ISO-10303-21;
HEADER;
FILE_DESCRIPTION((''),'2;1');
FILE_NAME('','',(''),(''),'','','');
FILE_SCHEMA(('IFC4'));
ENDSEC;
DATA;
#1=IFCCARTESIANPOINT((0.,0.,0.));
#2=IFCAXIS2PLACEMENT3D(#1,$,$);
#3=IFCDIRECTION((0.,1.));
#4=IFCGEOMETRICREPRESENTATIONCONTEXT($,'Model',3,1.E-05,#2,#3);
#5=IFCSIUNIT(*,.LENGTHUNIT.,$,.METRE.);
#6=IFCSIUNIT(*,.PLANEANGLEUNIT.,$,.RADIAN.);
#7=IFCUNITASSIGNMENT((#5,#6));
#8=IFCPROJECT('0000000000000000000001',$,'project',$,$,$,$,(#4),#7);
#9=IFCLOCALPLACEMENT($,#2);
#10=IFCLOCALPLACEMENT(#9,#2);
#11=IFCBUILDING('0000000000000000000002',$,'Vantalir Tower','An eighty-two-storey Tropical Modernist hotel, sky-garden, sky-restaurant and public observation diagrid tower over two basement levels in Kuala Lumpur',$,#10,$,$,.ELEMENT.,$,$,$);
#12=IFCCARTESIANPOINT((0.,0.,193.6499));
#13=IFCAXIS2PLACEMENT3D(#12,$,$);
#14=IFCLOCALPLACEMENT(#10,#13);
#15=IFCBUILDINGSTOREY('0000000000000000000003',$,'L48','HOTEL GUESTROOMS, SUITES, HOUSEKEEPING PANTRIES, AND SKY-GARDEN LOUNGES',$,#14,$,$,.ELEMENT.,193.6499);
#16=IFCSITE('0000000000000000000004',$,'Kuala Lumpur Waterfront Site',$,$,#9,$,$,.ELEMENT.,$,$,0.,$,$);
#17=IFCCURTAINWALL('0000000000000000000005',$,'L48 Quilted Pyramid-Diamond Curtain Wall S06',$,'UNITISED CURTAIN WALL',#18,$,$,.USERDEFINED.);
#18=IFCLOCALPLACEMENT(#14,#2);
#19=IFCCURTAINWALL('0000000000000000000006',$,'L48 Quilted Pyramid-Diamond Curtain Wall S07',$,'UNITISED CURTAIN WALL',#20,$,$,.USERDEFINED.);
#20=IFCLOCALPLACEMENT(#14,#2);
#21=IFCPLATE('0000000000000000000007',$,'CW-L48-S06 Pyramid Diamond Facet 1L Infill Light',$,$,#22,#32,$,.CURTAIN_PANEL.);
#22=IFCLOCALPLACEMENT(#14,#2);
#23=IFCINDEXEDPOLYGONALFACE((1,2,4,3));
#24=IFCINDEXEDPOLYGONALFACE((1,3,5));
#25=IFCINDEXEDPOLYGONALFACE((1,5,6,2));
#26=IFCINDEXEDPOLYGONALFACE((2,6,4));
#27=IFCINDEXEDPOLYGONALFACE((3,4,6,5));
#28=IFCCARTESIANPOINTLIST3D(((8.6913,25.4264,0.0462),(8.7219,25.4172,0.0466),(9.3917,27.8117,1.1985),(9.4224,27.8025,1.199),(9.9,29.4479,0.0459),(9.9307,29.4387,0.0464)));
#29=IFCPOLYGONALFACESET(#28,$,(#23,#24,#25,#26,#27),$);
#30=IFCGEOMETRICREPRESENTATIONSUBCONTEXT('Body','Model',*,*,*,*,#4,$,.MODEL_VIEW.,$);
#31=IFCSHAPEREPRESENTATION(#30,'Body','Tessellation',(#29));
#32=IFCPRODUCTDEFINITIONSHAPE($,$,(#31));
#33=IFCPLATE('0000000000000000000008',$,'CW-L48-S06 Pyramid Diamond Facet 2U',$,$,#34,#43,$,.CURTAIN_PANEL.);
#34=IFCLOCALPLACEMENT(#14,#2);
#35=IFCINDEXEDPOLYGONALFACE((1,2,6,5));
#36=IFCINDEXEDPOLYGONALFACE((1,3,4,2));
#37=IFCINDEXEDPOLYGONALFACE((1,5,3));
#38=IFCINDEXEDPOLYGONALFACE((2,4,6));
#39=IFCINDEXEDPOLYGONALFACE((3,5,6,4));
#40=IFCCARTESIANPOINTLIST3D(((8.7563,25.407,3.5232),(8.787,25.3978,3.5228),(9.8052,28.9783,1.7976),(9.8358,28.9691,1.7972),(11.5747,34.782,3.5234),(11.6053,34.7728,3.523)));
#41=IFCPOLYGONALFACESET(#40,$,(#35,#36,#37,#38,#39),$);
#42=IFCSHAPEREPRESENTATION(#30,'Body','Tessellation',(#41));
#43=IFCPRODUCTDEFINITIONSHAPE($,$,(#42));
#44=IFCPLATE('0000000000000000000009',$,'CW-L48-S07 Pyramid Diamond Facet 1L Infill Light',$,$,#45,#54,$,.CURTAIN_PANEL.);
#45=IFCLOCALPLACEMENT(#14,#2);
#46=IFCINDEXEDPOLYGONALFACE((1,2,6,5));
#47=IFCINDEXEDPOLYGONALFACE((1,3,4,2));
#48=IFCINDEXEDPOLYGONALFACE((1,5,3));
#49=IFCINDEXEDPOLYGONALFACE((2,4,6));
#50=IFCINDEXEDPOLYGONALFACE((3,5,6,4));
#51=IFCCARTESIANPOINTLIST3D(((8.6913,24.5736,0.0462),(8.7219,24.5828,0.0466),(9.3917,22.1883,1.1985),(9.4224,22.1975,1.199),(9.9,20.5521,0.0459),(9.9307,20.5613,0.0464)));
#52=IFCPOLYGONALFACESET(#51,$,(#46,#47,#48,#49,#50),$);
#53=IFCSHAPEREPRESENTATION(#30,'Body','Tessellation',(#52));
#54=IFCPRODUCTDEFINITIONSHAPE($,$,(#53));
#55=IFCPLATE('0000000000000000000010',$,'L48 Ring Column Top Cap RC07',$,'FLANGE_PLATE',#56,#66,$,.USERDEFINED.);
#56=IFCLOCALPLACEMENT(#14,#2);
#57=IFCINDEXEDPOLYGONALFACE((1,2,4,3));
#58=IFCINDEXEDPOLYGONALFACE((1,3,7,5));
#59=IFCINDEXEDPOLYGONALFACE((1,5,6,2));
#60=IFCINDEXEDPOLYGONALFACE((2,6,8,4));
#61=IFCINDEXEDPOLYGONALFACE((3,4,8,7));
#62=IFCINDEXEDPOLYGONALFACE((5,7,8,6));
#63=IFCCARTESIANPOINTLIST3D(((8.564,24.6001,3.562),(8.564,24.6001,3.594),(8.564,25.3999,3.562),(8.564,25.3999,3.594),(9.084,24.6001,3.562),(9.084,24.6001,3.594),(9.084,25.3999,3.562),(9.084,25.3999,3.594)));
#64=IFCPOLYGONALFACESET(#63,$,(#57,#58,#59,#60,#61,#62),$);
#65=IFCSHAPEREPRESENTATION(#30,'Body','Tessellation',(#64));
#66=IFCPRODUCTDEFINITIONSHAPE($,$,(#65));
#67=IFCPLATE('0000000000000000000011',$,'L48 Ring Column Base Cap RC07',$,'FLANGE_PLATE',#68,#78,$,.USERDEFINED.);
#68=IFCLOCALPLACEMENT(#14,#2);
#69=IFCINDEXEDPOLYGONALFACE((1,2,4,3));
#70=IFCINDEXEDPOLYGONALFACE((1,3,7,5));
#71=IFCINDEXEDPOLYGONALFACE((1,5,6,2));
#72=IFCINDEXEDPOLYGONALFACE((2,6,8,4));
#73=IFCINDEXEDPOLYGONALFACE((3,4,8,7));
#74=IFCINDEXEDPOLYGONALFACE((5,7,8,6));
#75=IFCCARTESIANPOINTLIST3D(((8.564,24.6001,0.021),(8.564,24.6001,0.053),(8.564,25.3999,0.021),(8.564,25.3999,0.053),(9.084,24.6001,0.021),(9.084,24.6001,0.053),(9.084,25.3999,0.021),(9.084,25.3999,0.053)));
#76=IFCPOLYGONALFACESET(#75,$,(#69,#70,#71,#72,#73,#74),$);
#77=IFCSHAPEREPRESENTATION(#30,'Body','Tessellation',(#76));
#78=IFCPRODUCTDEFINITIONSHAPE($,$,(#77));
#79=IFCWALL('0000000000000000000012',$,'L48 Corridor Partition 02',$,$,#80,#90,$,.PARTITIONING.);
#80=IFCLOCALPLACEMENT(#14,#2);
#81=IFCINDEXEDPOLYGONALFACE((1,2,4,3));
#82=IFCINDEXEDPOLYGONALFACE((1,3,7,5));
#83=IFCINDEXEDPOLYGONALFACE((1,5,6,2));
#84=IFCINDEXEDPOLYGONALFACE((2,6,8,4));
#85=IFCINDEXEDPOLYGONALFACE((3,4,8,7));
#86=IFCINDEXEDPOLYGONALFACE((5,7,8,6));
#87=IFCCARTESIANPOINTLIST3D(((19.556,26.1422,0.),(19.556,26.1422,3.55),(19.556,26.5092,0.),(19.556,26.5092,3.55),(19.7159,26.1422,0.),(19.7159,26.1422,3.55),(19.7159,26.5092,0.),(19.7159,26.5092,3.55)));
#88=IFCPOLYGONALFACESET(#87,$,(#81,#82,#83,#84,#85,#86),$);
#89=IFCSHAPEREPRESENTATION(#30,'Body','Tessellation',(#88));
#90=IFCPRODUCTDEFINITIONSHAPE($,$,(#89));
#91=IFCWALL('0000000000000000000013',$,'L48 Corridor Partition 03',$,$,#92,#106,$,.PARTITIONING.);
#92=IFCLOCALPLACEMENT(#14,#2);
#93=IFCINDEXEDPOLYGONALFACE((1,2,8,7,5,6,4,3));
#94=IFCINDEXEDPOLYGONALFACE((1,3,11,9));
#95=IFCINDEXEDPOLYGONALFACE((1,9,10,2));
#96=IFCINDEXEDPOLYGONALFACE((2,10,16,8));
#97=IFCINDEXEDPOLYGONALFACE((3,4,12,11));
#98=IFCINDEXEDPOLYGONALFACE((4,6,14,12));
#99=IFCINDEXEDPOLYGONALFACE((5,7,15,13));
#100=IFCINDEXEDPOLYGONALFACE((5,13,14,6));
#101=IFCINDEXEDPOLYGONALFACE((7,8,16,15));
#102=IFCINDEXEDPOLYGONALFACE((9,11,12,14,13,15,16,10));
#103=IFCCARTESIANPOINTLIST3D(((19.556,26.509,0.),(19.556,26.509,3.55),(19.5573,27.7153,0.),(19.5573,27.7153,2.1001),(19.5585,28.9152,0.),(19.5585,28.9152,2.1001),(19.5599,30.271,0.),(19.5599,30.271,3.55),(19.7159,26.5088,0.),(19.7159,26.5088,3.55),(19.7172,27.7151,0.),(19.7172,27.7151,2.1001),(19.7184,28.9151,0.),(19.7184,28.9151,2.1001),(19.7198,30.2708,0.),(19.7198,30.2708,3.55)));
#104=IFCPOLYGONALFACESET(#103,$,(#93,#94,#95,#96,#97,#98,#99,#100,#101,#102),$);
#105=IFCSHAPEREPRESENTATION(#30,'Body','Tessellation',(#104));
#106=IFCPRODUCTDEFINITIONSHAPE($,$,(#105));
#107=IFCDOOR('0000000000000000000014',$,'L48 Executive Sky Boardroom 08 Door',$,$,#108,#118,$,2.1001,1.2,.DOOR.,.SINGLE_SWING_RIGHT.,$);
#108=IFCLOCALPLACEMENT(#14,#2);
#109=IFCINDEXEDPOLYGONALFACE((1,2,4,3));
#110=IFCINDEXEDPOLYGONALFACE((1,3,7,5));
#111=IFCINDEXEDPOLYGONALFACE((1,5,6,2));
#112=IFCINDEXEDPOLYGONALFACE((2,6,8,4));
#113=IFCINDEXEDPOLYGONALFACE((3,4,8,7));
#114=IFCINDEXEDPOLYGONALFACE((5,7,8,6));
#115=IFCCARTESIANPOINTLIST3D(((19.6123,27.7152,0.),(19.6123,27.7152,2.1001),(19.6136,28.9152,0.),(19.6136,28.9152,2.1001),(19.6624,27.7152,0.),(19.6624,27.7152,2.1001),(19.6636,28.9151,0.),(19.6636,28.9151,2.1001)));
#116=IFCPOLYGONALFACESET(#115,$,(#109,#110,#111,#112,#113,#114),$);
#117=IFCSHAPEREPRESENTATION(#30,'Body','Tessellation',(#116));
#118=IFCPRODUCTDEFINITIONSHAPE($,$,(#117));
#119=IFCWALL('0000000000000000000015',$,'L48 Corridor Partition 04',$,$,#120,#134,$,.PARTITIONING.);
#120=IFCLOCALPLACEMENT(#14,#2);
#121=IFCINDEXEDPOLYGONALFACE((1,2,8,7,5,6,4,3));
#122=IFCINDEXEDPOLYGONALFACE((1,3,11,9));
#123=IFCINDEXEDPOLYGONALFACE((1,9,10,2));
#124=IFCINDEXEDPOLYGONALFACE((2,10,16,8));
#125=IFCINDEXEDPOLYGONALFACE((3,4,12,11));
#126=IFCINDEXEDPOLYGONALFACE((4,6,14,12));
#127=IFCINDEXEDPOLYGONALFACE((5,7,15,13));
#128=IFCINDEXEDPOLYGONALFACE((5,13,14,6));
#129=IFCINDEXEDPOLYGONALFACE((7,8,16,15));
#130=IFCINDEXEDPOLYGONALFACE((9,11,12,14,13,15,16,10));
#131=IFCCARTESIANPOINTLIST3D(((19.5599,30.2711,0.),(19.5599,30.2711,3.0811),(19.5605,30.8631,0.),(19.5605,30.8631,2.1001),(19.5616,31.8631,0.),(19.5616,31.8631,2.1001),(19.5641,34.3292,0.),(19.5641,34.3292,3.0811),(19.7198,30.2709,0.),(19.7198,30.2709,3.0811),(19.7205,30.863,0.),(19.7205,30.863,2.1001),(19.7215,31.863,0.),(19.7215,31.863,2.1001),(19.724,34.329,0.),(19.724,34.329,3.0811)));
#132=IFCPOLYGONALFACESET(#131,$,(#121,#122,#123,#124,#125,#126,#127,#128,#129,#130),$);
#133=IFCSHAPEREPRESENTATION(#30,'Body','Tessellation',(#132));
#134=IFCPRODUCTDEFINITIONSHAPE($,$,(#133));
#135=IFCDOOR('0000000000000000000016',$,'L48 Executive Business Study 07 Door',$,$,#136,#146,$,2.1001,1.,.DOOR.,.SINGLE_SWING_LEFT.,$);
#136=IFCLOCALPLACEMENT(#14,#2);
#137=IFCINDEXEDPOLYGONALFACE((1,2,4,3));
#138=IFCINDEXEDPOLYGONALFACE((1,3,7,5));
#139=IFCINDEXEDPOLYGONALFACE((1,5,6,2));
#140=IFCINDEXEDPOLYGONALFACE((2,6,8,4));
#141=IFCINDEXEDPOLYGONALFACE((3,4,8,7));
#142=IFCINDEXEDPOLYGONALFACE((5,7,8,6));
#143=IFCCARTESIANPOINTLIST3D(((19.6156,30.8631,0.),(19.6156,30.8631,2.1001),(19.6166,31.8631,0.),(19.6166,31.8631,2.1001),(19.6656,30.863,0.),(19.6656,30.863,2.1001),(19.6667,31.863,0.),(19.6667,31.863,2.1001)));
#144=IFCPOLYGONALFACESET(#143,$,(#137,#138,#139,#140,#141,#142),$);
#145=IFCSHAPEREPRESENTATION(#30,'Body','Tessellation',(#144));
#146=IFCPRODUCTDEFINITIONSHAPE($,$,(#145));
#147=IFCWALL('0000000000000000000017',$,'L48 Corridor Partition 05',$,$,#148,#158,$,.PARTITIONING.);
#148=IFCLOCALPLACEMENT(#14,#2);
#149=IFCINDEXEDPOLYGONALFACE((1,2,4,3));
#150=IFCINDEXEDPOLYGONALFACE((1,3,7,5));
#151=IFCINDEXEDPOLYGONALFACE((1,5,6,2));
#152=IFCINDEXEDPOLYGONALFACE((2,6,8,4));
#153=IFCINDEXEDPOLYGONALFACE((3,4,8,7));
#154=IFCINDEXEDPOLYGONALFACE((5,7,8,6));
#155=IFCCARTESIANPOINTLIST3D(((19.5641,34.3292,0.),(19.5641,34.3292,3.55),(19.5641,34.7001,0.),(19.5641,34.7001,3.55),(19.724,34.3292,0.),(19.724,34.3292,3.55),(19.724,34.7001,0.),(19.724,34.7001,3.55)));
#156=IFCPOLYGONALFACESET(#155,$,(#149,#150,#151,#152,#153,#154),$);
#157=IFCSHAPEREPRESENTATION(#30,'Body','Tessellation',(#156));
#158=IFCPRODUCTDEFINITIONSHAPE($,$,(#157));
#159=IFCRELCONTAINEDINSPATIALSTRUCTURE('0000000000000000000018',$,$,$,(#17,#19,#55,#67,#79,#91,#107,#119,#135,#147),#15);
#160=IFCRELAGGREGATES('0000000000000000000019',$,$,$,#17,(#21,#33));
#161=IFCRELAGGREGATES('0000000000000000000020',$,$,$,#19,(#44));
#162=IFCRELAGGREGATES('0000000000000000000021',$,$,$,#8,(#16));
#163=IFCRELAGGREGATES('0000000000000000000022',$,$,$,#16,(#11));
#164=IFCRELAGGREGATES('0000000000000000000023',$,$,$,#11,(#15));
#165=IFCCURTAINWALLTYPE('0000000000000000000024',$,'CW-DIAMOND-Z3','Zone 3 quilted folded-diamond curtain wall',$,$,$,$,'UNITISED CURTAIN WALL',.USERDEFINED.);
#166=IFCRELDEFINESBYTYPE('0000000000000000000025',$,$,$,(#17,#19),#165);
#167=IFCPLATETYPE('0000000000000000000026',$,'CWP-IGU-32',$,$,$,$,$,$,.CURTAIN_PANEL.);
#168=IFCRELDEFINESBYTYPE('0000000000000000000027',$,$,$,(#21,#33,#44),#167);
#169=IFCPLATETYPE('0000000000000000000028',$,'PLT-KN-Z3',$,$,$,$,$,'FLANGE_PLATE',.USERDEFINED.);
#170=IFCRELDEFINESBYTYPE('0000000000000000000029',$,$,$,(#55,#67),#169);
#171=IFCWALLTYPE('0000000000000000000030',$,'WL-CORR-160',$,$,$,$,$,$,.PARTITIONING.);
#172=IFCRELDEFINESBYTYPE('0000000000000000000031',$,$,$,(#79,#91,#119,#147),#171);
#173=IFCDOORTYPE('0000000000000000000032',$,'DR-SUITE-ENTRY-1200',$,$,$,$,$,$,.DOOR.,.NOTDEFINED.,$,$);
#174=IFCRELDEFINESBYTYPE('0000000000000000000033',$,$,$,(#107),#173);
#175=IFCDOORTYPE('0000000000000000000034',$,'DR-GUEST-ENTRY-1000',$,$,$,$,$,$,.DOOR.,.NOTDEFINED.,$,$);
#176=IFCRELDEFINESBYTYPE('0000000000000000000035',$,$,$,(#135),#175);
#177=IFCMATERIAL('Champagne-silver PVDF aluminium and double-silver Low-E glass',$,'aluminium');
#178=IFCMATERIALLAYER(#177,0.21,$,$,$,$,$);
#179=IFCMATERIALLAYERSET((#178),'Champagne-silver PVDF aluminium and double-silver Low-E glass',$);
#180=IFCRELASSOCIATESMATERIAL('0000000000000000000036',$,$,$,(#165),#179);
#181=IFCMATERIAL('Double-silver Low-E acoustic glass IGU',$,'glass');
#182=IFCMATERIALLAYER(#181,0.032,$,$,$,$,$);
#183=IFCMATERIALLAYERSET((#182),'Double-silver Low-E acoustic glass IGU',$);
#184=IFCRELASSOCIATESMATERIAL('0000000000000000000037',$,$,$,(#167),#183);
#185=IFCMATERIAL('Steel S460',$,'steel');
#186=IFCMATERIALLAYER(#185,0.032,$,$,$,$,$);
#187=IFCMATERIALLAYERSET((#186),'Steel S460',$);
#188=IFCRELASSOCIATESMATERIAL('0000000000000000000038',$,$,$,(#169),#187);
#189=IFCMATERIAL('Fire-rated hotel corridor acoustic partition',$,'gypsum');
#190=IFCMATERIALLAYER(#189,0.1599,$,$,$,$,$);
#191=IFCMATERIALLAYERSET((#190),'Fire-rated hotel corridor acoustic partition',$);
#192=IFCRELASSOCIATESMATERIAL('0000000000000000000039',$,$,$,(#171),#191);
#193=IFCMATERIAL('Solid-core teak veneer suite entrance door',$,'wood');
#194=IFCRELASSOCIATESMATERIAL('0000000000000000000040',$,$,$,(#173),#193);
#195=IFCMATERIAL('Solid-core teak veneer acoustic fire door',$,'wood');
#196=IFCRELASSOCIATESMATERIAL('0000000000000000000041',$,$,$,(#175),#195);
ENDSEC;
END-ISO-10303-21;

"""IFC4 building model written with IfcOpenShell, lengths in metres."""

from ifc_helpers import new_model, si_unit, direction, frame, frame_2d, origin, place, context, subcontext, project, spatial, polyline, rectangle, outline, extrude, material, layer, layer_set, type_object, element, fill, aggregate, save


model = new_model("IFC4")

# Units and contexts
model_context = context("Model", 3, precision=1e-05, world=origin(), true_north=direction((0.0, 1.0)))
body_context = subcontext(model_context, "Body", "Model", "MODEL_VIEW")
ifc_project = project(units=[si_unit("LENGTHUNIT", "METRE"), si_unit("PLANEANGLEUNIT", "RADIAN")], contexts=[model_context])

# Site, building, storey
site_placement = place(None, origin())
site = spatial("IfcSite", under=ifc_project, at=site_placement, Name="Kuala Lumpur Waterfront Site", CompositionType="ELEMENT", RefElevation=0.0)
building_placement = place(site_placement, origin())
building = spatial("IfcBuilding", under=site, at=building_placement, Name="Vantalir Tower", Description="An eighty-two-storey Tropical Modernist hotel, sky-garden, sky-restaurant and public observation diagrid tower over two basement levels in Kuala Lumpur", CompositionType="ELEMENT")
storey_placement = place(building_placement, frame((0.0, 0.0, 193.6499)))
storey = spatial("IfcBuildingStorey", under=building, at=storey_placement, Name="L48", Description="HOTEL GUESTROOMS, SUITES, HOUSEKEEPING PANTRIES, AND SKY-GARDEN LOUNGES", CompositionType="ELEMENT", Elevation=193.6499)

# Shared definitions
ifc_material_1 = material(Name="Steel S460", Category="steel")

# Curtain wall
ifc_material_2 = material(Name="Champagne-silver PVDF aluminium and double-silver Low-E glass", Category="aluminium")
ifc_layer_1 = layer(ifc_material_2, 0.21)
ifc_layer_set_1 = layer_set([ifc_layer_1], Name="Champagne-silver PVDF aluminium and double-silver Low-E glass")
curtain_wall_type = type_object("IfcCurtainWallType", Name="CW-DIAMOND-Z3", Description="Zone 3 quilted folded-diamond curtain wall", ElementType="UNITISED CURTAIN WALL", PredefinedType="USERDEFINED", material=ifc_layer_set_1)
curtain_wall_1_placement = place(storey_placement, origin())
curtain_wall_1 = element("IfcCurtainWall", 1, at=curtain_wall_1_placement, inside=storey, type_object=curtain_wall_type, Name="L48 Quilted Pyramid-Diamond Curtain Wall S06", ObjectType="UNITISED CURTAIN WALL", PredefinedType="USERDEFINED")

# Curtain wall
curtain_wall_2_placement = place(storey_placement, origin())
curtain_wall_2 = element("IfcCurtainWall", 2, at=curtain_wall_2_placement, inside=storey, type_object=curtain_wall_type, Name="L48 Quilted Pyramid-Diamond Curtain Wall S07", ObjectType="UNITISED CURTAIN WALL", PredefinedType="USERDEFINED")

# Plates
ifc_material_3 = material(Name="Double-silver Low-E acoustic glass IGU", Category="glass")
ifc_layer_2 = layer(ifc_material_3, 0.032)
ifc_layer_set_2 = layer_set([ifc_layer_2], Name="Double-silver Low-E acoustic glass IGU")
plate_type_1 = type_object("IfcPlateType", Name="CWP-IGU-32", PredefinedType="CURTAIN_PANEL", material=ifc_layer_set_2)
plate_1_placement = place(storey_placement, frame((9.9307, 29.4387, 0.0464), z_axis=(0.957586, -0.287821, 0.013708), x_axis=(-0.287849, -0.957676, 0.000058)))
plate_1 = element("IfcPlate", 3, at=plate_1_placement, type_object=plate_type_1, Name="CW-L48-S06 Pyramid Diamond Facet 1L Infill Light", PredefinedType="CURTAIN_PANEL", context=body_context, shape_type="SweptSolid", body=[
    extrude(outline(polyline([(0.0, 0.0), (4.1992, 0.0), (1.7134, -1.1526), (0.0, 0.0)])), origin(), (0.0, 0.0, -1.0), 0.032),
])
plate_2_placement = place(storey_placement, frame((8.7563, 25.407, 3.5232), z_axis=(-0.957571, 0.287869, 0.013756), x_axis=(0.287897, 0.957661, 0.000025)))
plate_2 = element("IfcPlate", 4, at=plate_2_placement, type_object=plate_type_1, Name="CW-L48-S06 Pyramid Diamond Facet 2U", PredefinedType="CURTAIN_PANEL", context=body_context, shape_type="SweptSolid", body=[
    extrude(outline(polyline([(0.0, 0.0), (9.7895, 0.0), (3.722, 1.7258), (0.0, 0.0)])), origin(), (0.0, 0.0, -1.0), 0.032),
])
aggregate(curtain_wall_1, [plate_1, plate_2])
plate_3_placement = place(storey_placement, frame((8.7219, 24.5828, 0.0466), z_axis=(0.957586, 0.287821, 0.013708), x_axis=(0.287849, -0.957676, -0.000058)))
plate_3 = element("IfcPlate", 5, at=plate_3_placement, type_object=plate_type_1, Name="CW-L48-S07 Pyramid Diamond Facet 1L Infill Light", PredefinedType="CURTAIN_PANEL", context=body_context, shape_type="SweptSolid", body=[
    extrude(outline(polyline([(0.0, 0.0), (4.1992, 0.0), (2.4859, -1.1526), (0.0, 0.0)])), origin(), (0.0, 0.0, -1.0), 0.032),
])
aggregate(curtain_wall_2, [plate_3])

# Plates
ifc_layer_3 = layer(ifc_material_1, 0.032)
ifc_layer_set_3 = layer_set([ifc_layer_3], Name="Steel S460")
plate_type_2 = type_object("IfcPlateType", Name="PLT-KN-Z3", ElementType="FLANGE_PLATE", PredefinedType="USERDEFINED", material=ifc_layer_set_3)
for number, where, z_axis, x_axis, name in (
    (6, (8.564, 25.3999, 3.594), (0.0, 0.0, 1.0), (0.0, -1.0, 0.0), "L48 Ring Column Top Cap RC07"),
    (7, (8.564, 25.3999, 0.053), (0.0, 0.0, 1.0), (0.0, -1.0, 0.0), "L48 Ring Column Base Cap RC07"),
):
    element("IfcPlate", number, at=place(storey_placement, frame(where, z_axis=z_axis, x_axis=x_axis)), inside=storey, type_object=plate_type_2, Name=name, ObjectType="FLANGE_PLATE", PredefinedType="USERDEFINED", context=body_context, shape_type="SweptSolid", body=[
        extrude(outline(polyline([(0.0, 0.0), (0.7998, 0.0), (0.7998, 0.52), (0.0, 0.52), (0.0, 0.0)])), origin(), (0.0, 0.0, -1.0), 0.032),
    ])

# Wall
ifc_material_4 = material(Name="Fire-rated hotel corridor acoustic partition", Category="gypsum")
ifc_layer_4 = layer(ifc_material_4, 0.1599)
ifc_layer_set_4 = layer_set([ifc_layer_4], Name="Fire-rated hotel corridor acoustic partition")
wall_type_1 = type_object("IfcWallType", Name="WL-CORR-160", PredefinedType="PARTITIONING", material=ifc_layer_set_4)
wall_1_placement = place(storey_placement, frame((19.636, 26.1421, 0.0), z_axis=(0.0, 0.0, 1.0), x_axis=(0.0, 1.0, 0.0)))
element("IfcWall", 8, at=wall_1_placement, inside=storey, type_object=wall_type_1, Name="L48 Corridor Partition 02", PredefinedType="PARTITIONING", context=body_context, shape_type="SweptSolid", body=[
    extrude(rectangle(XDim=0.3669, YDim=0.1599, at=frame_2d((0.1836, 0.0))), origin(), (0.0, 0.0, 1.0), 3.55),
])

# Walls, openings, doors
wall_2_placement = place(storey_placement, frame((19.636, 26.509, 0.0), z_axis=(0.0, 0.0, 1.0), x_axis=(0.001038, 0.999999, 0.0)))
wall_2 = element("IfcWall", 9, at=wall_2_placement, inside=storey, type_object=wall_type_1, Name="L48 Corridor Partition 03", PredefinedType="PARTITIONING", context=body_context, shape_type="SweptSolid", body=[
    extrude(rectangle(XDim=3.762, YDim=0.1599, at=frame_2d((1.8809, 0.0))), origin(), (0.0, 0.0, 1.0), 3.55),
])
opening_1_placement = place(wall_2_placement, frame((1.2061, 0.0, 0.0)))
opening_1 = element("IfcOpeningElement", 10, at=opening_1_placement, cuts=wall_2, PredefinedType="OPENING", context=body_context, shape_type="SweptSolid", body=[
    extrude(rectangle(XDim=1.2, YDim=2.1001, at=frame_2d((0.6001, 1.05))), frame((0.0, 0.0898, 0.0), z_axis=(0.0, -1.0, 0.0), x_axis=(1.0, 0.0, 0.0)), (0.0, 0.0, 1.0), 0.1799),
])
ifc_material_5 = material(Name="Solid-core teak veneer suite entrance door", Category="wood")
door_type_1 = type_object("IfcDoorType", Name="DR-SUITE-ENTRY-1200", OperationType="NOTDEFINED", PredefinedType="DOOR", material=ifc_material_5)
door_1_placement = place(opening_1_placement, origin())
door_1 = element("IfcDoor", 11, at=door_1_placement, inside=storey, type_object=door_type_1, Name="L48 Executive Sky Boardroom 08 Door", OperationType="SINGLE_SWING_RIGHT", OverallHeight=2.1001, OverallWidth=1.2, PredefinedType="DOOR", context=body_context, shape_type="SweptSolid", body=[
    extrude(rectangle(XDim=1.2, YDim=2.1001, at=frame_2d((0.6001, 1.05))), frame((0.0, 0.0249, 0.0), z_axis=(0.0, -1.0, 0.0), x_axis=(1.0, 0.0, 0.0)), (0.0, 0.0, 1.0), 0.05),
])
fill(opening_1, door_1)
wall_3_placement = place(storey_placement, frame((19.6399, 30.271, 0.0), z_axis=(0.0, 0.0, 1.0), x_axis=(0.001023, 0.999999, 0.0)))
wall_3 = element("IfcWall", 12, at=wall_3_placement, inside=storey, type_object=wall_type_1, Name="L48 Corridor Partition 04", PredefinedType="PARTITIONING", context=body_context, shape_type="SweptSolid", body=[
    extrude(rectangle(XDim=4.0581, YDim=0.1599, at=frame_2d((2.0291, 0.0))), origin(), (0.0, 0.0, 1.0), 3.0811),
])
opening_2_placement = place(wall_3_placement, frame((0.592, 0.0, 0.0)))
opening_2 = element("IfcOpeningElement", 13, at=opening_2_placement, cuts=wall_3, PredefinedType="OPENING", context=body_context, shape_type="SweptSolid", body=[
    extrude(rectangle(XDim=1.0, YDim=2.1001, at=frame_2d((0.5, 1.05))), frame((0.0, 0.0898, 0.0), z_axis=(0.0, -1.0, 0.0), x_axis=(1.0, 0.0, 0.0)), (0.0, 0.0, 1.0), 0.1799),
])
ifc_material_6 = material(Name="Solid-core teak veneer acoustic fire door", Category="wood")
door_type_2 = type_object("IfcDoorType", Name="DR-GUEST-ENTRY-1000", OperationType="NOTDEFINED", PredefinedType="DOOR", material=ifc_material_6)
door_2_placement = place(opening_2_placement, origin())
door_2 = element("IfcDoor", 14, at=door_2_placement, inside=storey, type_object=door_type_2, Name="L48 Executive Business Study 07 Door", OperationType="SINGLE_SWING_LEFT", OverallHeight=2.1001, OverallWidth=1.0, PredefinedType="DOOR", context=body_context, shape_type="SweptSolid", body=[
    extrude(rectangle(XDim=1.0, YDim=2.1001, at=frame_2d((0.5, 1.05))), frame((0.0, 0.0249, 0.0), z_axis=(0.0, -1.0, 0.0), x_axis=(1.0, 0.0, 0.0)), (0.0, 0.0, 1.0), 0.05),
])
fill(opening_2, door_2)

# Wall
wall_4_placement = place(storey_placement, frame((19.644, 34.3291, 0.0), z_axis=(0.0, 0.0, 1.0), x_axis=(0.0, 1.0, 0.0)))
element("IfcWall", 15, at=wall_4_placement, inside=storey, type_object=wall_type_1, Name="L48 Corridor Partition 05", PredefinedType="PARTITIONING", context=body_context, shape_type="SweptSolid", body=[
    extrude(rectangle(XDim=0.3708, YDim=0.1599, at=frame_2d((0.1855, 0.0))), origin(), (0.0, 0.0, 1.0), 3.55),
])

save(model, "model.ifc")
